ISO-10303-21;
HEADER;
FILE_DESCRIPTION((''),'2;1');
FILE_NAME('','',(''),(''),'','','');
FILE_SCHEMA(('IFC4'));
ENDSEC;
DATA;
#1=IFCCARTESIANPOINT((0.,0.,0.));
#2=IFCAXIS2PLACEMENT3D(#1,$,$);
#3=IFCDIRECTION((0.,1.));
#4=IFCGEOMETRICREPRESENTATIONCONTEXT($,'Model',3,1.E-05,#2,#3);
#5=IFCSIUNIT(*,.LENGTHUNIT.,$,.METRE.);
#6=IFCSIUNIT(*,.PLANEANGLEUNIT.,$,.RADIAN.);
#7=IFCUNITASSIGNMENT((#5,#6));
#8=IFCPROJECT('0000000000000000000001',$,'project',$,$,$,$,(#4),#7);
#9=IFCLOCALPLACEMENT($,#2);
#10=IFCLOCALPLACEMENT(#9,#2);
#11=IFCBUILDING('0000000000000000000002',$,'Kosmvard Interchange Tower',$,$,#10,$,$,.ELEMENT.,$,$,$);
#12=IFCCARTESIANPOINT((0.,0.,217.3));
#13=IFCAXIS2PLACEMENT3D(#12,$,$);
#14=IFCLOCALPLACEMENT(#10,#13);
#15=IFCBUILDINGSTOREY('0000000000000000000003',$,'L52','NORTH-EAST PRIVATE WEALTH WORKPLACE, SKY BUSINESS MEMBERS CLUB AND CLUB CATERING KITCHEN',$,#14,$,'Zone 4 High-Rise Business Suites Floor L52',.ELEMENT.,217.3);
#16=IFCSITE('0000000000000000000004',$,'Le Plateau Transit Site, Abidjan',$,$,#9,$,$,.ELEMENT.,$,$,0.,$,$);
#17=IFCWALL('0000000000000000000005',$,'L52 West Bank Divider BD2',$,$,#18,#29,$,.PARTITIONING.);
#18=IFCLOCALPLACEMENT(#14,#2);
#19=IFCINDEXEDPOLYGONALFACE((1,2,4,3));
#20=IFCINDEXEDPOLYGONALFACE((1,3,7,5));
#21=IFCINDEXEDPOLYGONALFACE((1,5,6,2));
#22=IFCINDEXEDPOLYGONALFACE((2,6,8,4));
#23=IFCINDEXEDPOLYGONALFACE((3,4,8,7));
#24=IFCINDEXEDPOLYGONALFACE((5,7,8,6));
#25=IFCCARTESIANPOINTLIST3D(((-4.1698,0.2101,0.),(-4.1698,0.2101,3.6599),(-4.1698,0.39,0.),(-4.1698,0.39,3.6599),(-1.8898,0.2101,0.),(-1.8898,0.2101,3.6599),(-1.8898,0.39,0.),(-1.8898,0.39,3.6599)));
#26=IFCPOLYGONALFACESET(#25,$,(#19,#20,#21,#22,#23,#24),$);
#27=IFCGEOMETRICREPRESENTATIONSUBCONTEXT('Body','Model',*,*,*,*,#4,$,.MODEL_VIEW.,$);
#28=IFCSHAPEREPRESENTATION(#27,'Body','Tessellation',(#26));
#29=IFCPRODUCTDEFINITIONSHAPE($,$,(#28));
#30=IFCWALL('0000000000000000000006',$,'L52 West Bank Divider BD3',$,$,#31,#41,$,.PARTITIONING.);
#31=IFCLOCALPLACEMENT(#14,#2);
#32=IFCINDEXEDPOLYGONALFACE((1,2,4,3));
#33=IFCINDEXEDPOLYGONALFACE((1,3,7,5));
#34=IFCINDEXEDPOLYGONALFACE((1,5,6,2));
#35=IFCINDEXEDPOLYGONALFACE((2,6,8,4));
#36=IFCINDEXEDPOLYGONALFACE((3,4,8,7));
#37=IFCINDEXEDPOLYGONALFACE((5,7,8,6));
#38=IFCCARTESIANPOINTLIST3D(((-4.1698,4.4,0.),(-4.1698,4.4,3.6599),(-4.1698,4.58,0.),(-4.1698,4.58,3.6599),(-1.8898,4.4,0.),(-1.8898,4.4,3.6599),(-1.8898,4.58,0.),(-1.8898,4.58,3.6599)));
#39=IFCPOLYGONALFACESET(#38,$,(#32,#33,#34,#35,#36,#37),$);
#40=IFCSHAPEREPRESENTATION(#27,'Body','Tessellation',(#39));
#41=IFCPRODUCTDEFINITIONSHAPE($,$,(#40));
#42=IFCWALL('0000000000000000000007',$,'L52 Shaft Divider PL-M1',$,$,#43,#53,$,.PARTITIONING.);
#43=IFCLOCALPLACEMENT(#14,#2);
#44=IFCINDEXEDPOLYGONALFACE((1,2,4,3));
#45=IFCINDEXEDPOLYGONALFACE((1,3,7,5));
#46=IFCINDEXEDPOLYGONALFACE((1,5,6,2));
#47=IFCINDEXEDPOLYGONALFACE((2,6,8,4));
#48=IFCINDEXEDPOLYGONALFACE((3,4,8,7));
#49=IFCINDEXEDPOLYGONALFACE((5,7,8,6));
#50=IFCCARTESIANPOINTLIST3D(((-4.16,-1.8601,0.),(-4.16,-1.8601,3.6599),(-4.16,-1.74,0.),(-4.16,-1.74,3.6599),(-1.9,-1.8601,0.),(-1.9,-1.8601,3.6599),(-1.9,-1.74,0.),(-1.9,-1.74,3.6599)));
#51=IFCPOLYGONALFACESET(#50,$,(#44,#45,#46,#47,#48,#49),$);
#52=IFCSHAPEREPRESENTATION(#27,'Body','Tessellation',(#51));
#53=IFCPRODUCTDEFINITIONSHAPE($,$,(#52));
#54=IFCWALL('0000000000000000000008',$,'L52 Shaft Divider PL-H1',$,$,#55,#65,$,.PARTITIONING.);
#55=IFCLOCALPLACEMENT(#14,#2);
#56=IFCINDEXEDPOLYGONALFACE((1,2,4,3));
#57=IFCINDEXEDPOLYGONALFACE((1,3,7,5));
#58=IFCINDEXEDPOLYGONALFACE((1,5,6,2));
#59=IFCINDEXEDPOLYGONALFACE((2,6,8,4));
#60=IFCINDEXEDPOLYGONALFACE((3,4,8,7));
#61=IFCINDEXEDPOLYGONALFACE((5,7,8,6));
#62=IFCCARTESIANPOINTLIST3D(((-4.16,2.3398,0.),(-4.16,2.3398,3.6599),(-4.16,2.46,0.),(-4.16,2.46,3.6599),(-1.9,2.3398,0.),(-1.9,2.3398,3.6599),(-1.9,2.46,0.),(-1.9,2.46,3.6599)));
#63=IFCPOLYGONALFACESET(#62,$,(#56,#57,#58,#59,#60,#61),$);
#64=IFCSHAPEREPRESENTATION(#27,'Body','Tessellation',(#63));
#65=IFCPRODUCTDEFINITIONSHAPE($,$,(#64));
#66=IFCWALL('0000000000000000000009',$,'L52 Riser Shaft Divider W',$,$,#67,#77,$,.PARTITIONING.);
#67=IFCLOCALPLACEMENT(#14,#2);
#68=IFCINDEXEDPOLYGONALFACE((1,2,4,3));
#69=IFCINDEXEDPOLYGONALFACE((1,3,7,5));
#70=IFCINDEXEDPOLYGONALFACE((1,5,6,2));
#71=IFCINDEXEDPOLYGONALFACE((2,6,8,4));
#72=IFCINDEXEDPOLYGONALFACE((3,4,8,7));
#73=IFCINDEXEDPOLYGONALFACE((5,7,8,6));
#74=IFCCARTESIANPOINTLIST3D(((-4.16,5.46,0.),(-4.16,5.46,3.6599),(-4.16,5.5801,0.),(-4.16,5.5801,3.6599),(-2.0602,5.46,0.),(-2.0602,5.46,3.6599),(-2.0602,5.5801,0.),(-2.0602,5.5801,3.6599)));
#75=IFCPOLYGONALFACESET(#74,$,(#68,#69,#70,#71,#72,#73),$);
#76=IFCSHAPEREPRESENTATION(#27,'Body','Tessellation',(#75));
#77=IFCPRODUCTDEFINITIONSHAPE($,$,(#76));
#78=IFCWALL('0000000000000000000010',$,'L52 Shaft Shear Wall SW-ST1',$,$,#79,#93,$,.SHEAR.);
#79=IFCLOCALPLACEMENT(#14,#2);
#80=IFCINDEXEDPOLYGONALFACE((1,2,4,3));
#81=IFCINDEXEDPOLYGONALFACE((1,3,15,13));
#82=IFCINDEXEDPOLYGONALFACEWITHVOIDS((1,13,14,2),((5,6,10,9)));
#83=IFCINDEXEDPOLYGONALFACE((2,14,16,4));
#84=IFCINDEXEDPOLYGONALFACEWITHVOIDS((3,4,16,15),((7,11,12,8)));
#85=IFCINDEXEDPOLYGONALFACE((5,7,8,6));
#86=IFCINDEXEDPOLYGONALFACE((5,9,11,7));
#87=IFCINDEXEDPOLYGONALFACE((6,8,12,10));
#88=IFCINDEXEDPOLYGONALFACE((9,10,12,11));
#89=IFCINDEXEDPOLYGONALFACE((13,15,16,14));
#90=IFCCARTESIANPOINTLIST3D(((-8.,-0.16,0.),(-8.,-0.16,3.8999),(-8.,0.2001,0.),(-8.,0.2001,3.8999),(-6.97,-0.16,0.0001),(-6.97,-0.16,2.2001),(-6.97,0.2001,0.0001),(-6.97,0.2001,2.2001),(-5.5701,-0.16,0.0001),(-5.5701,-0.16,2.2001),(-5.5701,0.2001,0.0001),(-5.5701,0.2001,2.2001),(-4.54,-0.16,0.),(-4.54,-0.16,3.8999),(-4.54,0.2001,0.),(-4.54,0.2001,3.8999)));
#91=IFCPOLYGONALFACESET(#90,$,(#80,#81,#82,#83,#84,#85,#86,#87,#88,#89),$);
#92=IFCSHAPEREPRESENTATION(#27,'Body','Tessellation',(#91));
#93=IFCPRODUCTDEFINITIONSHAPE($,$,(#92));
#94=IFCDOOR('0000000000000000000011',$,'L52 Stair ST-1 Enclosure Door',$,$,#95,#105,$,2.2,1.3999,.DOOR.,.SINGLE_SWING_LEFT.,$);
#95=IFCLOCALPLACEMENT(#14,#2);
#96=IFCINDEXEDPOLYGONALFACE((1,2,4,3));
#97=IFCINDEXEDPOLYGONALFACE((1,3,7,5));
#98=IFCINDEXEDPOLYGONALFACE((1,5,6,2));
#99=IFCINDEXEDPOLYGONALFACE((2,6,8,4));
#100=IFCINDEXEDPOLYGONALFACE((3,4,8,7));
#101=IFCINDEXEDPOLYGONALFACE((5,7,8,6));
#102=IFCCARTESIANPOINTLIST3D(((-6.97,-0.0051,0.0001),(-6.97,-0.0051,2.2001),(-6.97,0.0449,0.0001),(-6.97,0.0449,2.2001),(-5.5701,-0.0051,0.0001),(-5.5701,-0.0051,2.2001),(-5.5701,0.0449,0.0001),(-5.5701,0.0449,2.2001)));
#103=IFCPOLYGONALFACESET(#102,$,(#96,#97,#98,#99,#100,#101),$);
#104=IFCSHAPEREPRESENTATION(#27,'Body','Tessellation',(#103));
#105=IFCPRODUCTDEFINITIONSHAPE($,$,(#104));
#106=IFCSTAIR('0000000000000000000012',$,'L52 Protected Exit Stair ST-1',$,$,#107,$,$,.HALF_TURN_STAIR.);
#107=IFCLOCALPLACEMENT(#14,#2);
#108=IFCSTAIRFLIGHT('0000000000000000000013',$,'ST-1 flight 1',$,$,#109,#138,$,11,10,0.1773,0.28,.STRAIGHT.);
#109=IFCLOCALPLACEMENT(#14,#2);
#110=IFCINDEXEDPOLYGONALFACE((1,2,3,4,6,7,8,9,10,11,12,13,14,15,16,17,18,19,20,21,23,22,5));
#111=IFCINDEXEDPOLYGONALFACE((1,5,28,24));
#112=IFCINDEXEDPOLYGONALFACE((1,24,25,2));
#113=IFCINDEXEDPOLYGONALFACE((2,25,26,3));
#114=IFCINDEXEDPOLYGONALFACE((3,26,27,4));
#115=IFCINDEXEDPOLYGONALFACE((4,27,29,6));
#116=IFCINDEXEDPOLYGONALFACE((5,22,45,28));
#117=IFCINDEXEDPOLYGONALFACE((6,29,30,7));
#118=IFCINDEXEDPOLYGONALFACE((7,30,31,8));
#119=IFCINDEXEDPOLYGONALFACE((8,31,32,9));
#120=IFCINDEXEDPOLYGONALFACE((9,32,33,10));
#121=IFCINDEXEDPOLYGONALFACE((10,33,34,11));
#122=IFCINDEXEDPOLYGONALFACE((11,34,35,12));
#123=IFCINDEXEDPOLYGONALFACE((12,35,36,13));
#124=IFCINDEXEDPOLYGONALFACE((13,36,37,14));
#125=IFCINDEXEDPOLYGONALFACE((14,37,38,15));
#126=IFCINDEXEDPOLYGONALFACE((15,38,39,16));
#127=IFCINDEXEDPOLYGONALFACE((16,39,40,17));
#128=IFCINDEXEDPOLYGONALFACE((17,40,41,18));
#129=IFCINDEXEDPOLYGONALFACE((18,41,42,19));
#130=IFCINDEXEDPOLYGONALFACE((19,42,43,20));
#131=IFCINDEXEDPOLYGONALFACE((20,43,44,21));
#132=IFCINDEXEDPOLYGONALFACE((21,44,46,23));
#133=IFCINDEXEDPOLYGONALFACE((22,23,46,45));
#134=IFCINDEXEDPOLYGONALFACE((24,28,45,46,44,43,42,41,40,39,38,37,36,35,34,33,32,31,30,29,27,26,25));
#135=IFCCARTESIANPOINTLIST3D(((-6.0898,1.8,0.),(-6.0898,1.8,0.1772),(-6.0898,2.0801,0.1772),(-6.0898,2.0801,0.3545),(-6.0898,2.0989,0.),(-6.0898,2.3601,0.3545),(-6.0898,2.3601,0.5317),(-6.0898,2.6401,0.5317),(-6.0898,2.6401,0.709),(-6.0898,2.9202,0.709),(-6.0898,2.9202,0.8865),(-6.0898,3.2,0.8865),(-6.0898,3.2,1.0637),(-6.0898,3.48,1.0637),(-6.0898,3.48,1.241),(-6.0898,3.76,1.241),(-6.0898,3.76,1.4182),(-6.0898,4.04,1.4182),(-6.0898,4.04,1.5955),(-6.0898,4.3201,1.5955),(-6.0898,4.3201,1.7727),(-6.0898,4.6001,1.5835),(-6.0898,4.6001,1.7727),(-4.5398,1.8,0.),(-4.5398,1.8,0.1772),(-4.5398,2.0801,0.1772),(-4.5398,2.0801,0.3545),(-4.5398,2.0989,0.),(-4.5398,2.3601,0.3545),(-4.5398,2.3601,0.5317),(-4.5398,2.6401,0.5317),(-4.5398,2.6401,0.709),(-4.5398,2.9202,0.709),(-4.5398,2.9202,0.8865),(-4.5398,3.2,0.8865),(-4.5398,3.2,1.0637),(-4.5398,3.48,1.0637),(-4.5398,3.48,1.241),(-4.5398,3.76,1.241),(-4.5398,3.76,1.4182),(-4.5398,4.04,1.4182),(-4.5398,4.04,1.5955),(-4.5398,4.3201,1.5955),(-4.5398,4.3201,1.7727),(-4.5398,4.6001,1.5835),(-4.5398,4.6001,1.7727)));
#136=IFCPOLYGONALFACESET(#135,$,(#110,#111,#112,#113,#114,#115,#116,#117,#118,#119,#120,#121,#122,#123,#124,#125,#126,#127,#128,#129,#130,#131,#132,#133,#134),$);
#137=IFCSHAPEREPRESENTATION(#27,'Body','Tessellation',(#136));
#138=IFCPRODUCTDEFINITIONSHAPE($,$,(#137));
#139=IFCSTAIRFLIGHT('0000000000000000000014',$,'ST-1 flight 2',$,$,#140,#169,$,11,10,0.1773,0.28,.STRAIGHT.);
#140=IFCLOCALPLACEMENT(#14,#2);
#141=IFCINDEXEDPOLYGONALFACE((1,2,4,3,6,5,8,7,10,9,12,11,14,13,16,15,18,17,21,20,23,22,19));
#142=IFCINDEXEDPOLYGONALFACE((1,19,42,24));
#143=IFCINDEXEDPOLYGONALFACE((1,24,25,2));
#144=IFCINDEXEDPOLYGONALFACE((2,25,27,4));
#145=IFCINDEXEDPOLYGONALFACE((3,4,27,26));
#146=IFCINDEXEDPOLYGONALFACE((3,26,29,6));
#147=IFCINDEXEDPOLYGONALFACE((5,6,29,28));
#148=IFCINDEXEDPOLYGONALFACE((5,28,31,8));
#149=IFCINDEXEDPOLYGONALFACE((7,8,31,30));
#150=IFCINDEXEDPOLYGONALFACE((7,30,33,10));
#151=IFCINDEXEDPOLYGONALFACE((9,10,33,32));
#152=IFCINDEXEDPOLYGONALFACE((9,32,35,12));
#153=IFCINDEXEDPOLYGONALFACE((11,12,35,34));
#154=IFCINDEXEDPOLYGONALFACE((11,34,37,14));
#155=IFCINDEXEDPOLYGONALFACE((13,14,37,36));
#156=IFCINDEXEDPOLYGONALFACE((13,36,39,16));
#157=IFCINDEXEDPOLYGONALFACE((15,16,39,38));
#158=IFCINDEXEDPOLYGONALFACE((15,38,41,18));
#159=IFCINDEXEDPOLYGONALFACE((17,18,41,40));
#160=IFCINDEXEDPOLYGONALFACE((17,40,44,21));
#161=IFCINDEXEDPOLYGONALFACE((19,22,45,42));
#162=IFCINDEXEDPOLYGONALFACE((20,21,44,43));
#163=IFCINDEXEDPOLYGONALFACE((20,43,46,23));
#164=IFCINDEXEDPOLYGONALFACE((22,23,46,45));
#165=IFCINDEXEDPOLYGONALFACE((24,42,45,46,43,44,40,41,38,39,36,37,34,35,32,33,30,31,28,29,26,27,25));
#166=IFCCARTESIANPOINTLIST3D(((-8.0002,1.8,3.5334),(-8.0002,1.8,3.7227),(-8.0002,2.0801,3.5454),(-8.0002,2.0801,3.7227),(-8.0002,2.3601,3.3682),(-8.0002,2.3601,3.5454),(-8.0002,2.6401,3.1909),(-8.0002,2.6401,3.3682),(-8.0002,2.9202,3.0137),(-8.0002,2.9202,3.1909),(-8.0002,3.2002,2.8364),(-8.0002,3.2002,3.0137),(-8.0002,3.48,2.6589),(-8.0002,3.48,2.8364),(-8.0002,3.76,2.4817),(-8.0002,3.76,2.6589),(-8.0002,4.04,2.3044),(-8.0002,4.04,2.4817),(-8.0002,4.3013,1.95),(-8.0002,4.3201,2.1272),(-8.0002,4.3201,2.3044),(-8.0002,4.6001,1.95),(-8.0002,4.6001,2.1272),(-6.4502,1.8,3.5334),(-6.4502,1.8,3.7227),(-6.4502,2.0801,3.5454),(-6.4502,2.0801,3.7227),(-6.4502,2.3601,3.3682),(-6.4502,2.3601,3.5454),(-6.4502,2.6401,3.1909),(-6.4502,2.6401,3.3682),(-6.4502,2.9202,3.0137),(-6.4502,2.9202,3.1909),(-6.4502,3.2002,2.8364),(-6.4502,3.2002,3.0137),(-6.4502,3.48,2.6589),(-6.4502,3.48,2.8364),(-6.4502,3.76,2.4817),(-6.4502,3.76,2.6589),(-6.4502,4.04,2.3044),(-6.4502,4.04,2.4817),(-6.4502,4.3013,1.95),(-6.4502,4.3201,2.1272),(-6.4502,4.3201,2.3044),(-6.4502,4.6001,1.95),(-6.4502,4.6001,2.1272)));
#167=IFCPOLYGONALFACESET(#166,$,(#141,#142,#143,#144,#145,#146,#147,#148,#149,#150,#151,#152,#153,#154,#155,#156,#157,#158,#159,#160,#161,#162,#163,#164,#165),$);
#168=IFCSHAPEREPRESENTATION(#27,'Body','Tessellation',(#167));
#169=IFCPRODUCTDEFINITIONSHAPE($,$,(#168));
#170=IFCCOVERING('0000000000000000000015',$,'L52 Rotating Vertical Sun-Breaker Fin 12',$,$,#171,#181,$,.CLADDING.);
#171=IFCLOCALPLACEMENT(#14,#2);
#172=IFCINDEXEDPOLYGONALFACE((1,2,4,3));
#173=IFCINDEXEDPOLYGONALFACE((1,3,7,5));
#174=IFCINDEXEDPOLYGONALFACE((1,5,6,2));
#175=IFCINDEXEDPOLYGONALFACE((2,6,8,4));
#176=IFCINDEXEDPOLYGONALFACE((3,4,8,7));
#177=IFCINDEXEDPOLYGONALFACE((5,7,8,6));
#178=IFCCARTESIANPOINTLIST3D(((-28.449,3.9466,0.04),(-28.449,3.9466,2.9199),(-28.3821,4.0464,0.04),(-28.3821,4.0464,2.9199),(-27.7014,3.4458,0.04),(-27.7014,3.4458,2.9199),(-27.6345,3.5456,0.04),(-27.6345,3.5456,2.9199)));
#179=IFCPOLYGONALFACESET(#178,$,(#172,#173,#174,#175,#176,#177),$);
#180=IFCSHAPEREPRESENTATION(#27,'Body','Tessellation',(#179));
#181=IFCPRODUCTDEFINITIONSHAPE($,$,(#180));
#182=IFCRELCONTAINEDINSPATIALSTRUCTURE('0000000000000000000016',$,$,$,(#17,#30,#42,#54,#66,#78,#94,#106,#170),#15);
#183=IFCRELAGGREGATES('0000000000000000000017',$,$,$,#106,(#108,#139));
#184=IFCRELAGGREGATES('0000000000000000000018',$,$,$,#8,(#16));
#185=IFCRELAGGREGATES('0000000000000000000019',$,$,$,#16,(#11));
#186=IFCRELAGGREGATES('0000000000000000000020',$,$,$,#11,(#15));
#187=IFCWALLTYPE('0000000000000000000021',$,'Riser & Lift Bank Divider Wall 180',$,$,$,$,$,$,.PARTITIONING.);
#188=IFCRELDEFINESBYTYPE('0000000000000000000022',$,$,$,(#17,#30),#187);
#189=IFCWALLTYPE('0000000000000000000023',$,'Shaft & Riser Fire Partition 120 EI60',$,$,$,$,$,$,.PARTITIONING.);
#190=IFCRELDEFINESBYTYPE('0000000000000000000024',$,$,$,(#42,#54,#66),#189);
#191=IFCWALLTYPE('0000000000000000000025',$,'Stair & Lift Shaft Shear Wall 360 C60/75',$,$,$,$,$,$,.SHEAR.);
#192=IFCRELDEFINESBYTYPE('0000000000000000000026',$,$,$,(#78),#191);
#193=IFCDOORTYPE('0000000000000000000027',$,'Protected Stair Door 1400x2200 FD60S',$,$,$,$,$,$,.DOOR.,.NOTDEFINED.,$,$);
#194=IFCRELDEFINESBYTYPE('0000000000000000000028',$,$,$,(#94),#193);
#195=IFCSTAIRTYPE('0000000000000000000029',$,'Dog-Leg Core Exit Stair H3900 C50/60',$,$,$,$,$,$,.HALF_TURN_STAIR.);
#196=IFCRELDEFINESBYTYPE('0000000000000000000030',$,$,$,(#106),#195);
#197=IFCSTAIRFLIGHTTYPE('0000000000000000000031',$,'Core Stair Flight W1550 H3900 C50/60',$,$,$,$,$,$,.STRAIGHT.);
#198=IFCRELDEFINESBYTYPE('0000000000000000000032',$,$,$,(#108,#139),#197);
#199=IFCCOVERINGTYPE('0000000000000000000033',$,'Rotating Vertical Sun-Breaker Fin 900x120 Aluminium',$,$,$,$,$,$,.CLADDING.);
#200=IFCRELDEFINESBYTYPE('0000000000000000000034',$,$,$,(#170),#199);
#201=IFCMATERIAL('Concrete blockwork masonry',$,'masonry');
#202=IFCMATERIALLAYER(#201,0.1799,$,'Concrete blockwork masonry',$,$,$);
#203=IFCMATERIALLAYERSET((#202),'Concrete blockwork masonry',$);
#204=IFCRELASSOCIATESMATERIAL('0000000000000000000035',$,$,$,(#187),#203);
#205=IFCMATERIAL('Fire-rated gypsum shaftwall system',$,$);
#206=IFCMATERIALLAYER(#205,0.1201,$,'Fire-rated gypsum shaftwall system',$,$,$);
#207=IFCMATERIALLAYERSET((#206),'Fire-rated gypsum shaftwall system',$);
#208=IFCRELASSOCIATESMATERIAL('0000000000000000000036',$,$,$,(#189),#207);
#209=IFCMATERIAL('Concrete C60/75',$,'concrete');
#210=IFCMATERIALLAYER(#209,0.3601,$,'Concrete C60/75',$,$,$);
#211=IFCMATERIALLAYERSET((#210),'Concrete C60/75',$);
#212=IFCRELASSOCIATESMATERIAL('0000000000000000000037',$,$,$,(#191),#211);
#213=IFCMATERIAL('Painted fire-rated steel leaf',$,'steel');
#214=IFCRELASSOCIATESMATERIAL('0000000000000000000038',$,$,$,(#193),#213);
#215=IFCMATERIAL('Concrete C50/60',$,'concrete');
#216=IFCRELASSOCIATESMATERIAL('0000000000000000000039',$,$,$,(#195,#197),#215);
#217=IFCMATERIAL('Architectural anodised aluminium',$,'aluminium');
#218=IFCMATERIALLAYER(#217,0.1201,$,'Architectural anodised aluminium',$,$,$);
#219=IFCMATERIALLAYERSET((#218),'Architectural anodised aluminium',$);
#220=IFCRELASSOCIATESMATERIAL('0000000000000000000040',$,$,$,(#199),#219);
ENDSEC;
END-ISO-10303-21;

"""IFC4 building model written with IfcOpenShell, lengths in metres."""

from ifc_helpers import new_model, si_unit, direction, frame, frame_2d, origin, origin_2d, place, context, subcontext, project, spatial, polyline, rectangle, outline, extrude, source, transform, mapped, material, layer, layer_set, type_object, element, fill, aggregate, save


model = new_model("IFC4")

# Units and contexts
model_context = context("Model", 3, precision=1e-05, world=origin(), true_north=direction((0.0, 1.0)))
body_context = subcontext(model_context, "Body", "Model", "MODEL_VIEW")
ifc_project = project(units=[si_unit("LENGTHUNIT", "METRE"), si_unit("PLANEANGLEUNIT", "RADIAN")], contexts=[model_context])

# Site, building, storey
site_placement = place(None, origin())
site = spatial("IfcSite", under=ifc_project, at=site_placement, Name="Le Plateau Transit Site, Abidjan", CompositionType="ELEMENT", RefElevation=0.0)
building_placement = place(site_placement, origin())
building = spatial("IfcBuilding", under=site, at=building_placement, Name="Kosmvard Interchange Tower", CompositionType="ELEMENT")
storey_placement = place(building_placement, frame((0.0, 0.0, 217.3)))
storey = spatial("IfcBuildingStorey", under=building, at=storey_placement, Name="L52", Description="NORTH-EAST PRIVATE WEALTH WORKPLACE, SKY BUSINESS MEMBERS CLUB AND CLUB CATERING KITCHEN", LongName="Zone 4 High-Rise Business Suites Floor L52", CompositionType="ELEMENT", Elevation=217.3)

# Shared definitions
ifc_material_1 = material(Name="Concrete C50/60", Category="concrete")

# Shared definitions
ifc_material_2 = material(Name="Painted fire-rated steel leaf", Category="steel")

# Walls
ifc_material_3 = material(Name="Concrete blockwork masonry", Category="masonry")
ifc_layer_1 = layer(ifc_material_3, 0.1799, Name="Concrete blockwork masonry")
ifc_layer_set_1 = layer_set([ifc_layer_1], Name="Concrete blockwork masonry")
wall_type_1 = type_object("IfcWallType", Name="Riser & Lift Bank Divider Wall 180", PredefinedType="PARTITIONING", material=ifc_layer_set_1)
for number, where, z_axis, x_axis, name in (
    (1, (-4.1699, 0.3, 0.0), (0.0, 0.0, 1.0), (1.0, 0.0, 0.0), "L52 West Bank Divider BD2"),
    (2, (-4.1699, 4.49, 0.0), (0.0, 0.0, 1.0), (1.0, 0.0, 0.0), "L52 West Bank Divider BD3"),
):
    element("IfcWall", number, at=place(storey_placement, frame(where, z_axis=z_axis, x_axis=x_axis)), inside=storey, type_object=wall_type_1, Name=name, PredefinedType="PARTITIONING", context=body_context, shape_type="SweptSolid", body=[
        extrude(rectangle(XDim=2.28, YDim=0.1799, at=frame_2d((1.1401, 0.0))), origin(), (0.0, 0.0, 1.0), 3.6599),
    ])
ifc_material_4 = material(Name="Fire-rated gypsum shaftwall system")
ifc_layer_2 = layer(ifc_material_4, 0.1201, Name="Fire-rated gypsum shaftwall system")
ifc_layer_set_2 = layer_set([ifc_layer_2], Name="Fire-rated gypsum shaftwall system")
wall_type_2 = type_object("IfcWallType", Name="Shaft & Riser Fire Partition 120 EI60", PredefinedType="PARTITIONING", material=ifc_layer_set_2)
for number, where, z_axis, x_axis, name in (
    (3, (-4.1599, -1.8, 0.0), (0.0, 0.0, 1.0), (1.0, 0.0, 0.0), "L52 Shaft Divider PL-M1"),
    (4, (-4.1599, 2.3999, 0.0), (0.0, 0.0, 1.0), (1.0, 0.0, 0.0), "L52 Shaft Divider PL-H1"),
):
    element("IfcWall", number, at=place(storey_placement, frame(where, z_axis=z_axis, x_axis=x_axis)), inside=storey, type_object=wall_type_2, Name=name, PredefinedType="PARTITIONING", context=body_context, shape_type="SweptSolid", body=[
        extrude(rectangle(XDim=2.26, YDim=0.1201, at=frame_2d((1.1299, 0.0))), origin(), (0.0, 0.0, 1.0), 3.6599),
    ])
wall_1_placement = place(storey_placement, frame((-4.1599, 5.52, 0.0), z_axis=(0.0, 0.0, 1.0), x_axis=(1.0, 0.0, 0.0)))
element("IfcWall", 5, at=wall_1_placement, inside=storey, type_object=wall_type_2, Name="L52 Riser Shaft Divider W", PredefinedType="PARTITIONING", context=body_context, shape_type="SweptSolid", body=[
    extrude(rectangle(XDim=2.0999, YDim=0.1201, at=frame_2d((1.0498, 0.0))), origin(), (0.0, 0.0, 1.0), 3.6599),
])

# Wall, opening, door
ifc_material_5 = material(Name="Concrete C60/75", Category="concrete")
ifc_layer_3 = layer(ifc_material_5, 0.3601, Name="Concrete C60/75")
ifc_layer_set_3 = layer_set([ifc_layer_3], Name="Concrete C60/75")
wall_type_3 = type_object("IfcWallType", Name="Stair & Lift Shaft Shear Wall 360 C60/75", PredefinedType="SHEAR", material=ifc_layer_set_3)
wall_2_placement = place(storey_placement, frame((-8.0, 0.02, 0.0), z_axis=(0.0, 0.0, 1.0), x_axis=(1.0, 0.0, 0.0)))
wall_2 = element("IfcWall", 6, at=wall_2_placement, inside=storey, type_object=wall_type_3, Name="L52 Shaft Shear Wall SW-ST1", PredefinedType="SHEAR", context=body_context, shape_type="SweptSolid", body=[
    extrude(rectangle(XDim=3.46, YDim=0.3601, at=frame_2d((1.73, 0.0))), origin(), (0.0, 0.0, 1.0), 3.8999),
])
opening_1_placement = place(wall_2_placement, frame((1.03, 0.0, 0.0)))
opening_1 = element("IfcOpeningElement", 7, at=opening_1_placement, cuts=wall_2, PredefinedType="OPENING", context=body_context, shape_type="SweptSolid", body=[
    extrude(rectangle(XDim=1.3999, YDim=2.2, at=frame_2d((0.7, 1.1001))), frame((0.0, 0.1899, 0.0), z_axis=(0.0, -1.0, 0.0), x_axis=(1.0, 0.0, 0.0)), (0.0, 0.0, 1.0), 0.3801),
])
door_type_1 = type_object("IfcDoorType", Name="Protected Stair Door 1400x2200 FD60S", OperationType="NOTDEFINED", PredefinedType="DOOR", material=ifc_material_2)
shared_shape_1 = source(origin(), body_context, "Body", "SweptSolid", [
    extrude(rectangle(XDim=1.3999, YDim=2.2, at=frame_2d((0.7, 1.1001))), frame((0.0, 0.0249, 0.0), z_axis=(0.0, -1.0, 0.0), x_axis=(1.0, 0.0, 0.0)), (0.0, 0.0, 1.0), 0.05),
])
door_1_placement = place(opening_1_placement, origin())
door_1 = element("IfcDoor", 8, at=door_1_placement, inside=storey, type_object=door_type_1, Name="L52 Stair ST-1 Enclosure Door", OperationType="SINGLE_SWING_LEFT", OverallHeight=2.2, OverallWidth=1.3999, PredefinedType="DOOR", context=body_context, shape_type="MappedRepresentation", body=[
    mapped(shared_shape_1, transform((0.0, 0.0, 0.0), scale=1.0)),
])
fill(opening_1, door_1)

# Stair, stair flights
stair_type = type_object("IfcStairType", Name="Dog-Leg Core Exit Stair H3900 C50/60", PredefinedType="HALF_TURN_STAIR", material=ifc_material_1)
stair_placement = place(storey_placement, origin())
stair = element("IfcStair", 9, at=stair_placement, inside=storey, type_object=stair_type, Name="L52 Protected Exit Stair ST-1", PredefinedType="HALF_TURN_STAIR")
stair_flight_type = type_object("IfcStairFlightType", Name="Core Stair Flight W1550 H3900 C50/60", PredefinedType="STRAIGHT", material=ifc_material_1)
shared_shape_2 = source(origin(), body_context, "Body", "SweptSolid", [
    extrude(outline(polyline([(0.0, 0.0), (0.0, 0.1772), (0.28, 0.1772), (0.28, 0.3545), (0.5601, 0.3545), (0.5601, 0.5317), (0.8401, 0.5317), (0.8401, 0.709), (1.1201, 0.709), (1.1201, 0.8865), (1.3999, 0.8865), (1.3999, 1.0637), (1.6799, 1.0637), (1.6799, 1.241), (1.96, 1.241), (1.96, 1.4182), (2.24, 1.4182), (2.24, 1.5955), (2.52, 1.5955), (2.52, 1.7727), (2.8, 1.7727), (2.8, 1.95), (2.8, 1.5835), (0.2988, 0.0), (0.0, 0.0)])), frame((0.0, 0.7749, 0.0), z_axis=(0.0, -1.0, 0.0), x_axis=(1.0, 0.0, 0.0)), (0.0, 0.0, 1.0), 1.55),
])
stair_flight_1_placement = place(storey_placement, frame((-5.3149, 1.8, 0.0), z_axis=(0.0, 0.0, 1.0), x_axis=(0.0, 1.0, 0.0)))
stair_flight_1 = element("IfcStairFlight", 10, at=stair_flight_1_placement, type_object=stair_flight_type, Name="ST-1 flight 1", NumberOfRisers=11, NumberOfTreads=10, PredefinedType="STRAIGHT", RiserHeight=0.1773, TreadLength=0.28, context=body_context, shape_type="MappedRepresentation", body=[
    mapped(shared_shape_2, transform((0.0, 0.0, 0.0), scale=1.0)),
])
stair_flight_2_placement = place(storey_placement, frame((-7.2251, 4.6001, 1.95), z_axis=(0.0, 0.0, 1.0), x_axis=(0.0, -1.0, 0.0)))
stair_flight_2 = element("IfcStairFlight", 11, at=stair_flight_2_placement, type_object=stair_flight_type, Name="ST-1 flight 2", NumberOfRisers=11, NumberOfTreads=10, PredefinedType="STRAIGHT", RiserHeight=0.1773, TreadLength=0.28, context=body_context, shape_type="MappedRepresentation", body=[
    mapped(shared_shape_2, transform((0.0, 0.0, 0.0), scale=1.0)),
])
aggregate(stair, [stair_flight_1, stair_flight_2])

# Covering
ifc_material_6 = material(Name="Architectural anodised aluminium", Category="aluminium")
ifc_layer_4 = layer(ifc_material_6, 0.1201, Name="Architectural anodised aluminium")
ifc_layer_set_4 = layer_set([ifc_layer_4], Name="Architectural anodised aluminium")
covering_type = type_object("IfcCoveringType", Name="Rotating Vertical Sun-Breaker Fin 900x120 Aluminium", PredefinedType="CLADDING", material=ifc_layer_set_4)
shared_shape_3 = source(origin(), body_context, "Body", "SweptSolid", [
    extrude(rectangle(XDim=0.8999, YDim=0.1201, at=origin_2d()), origin(), (0.0, 0.0, 1.0), 2.8799),
])
covering_placement = place(storey_placement, frame((-28.0417, 3.7461, 0.04), z_axis=(0.0, 0.0, 1.0), x_axis=(-0.83079, 0.556586, 0.0)))
element("IfcCovering", 12, at=covering_placement, inside=storey, type_object=covering_type, Name="L52 Rotating Vertical Sun-Breaker Fin 12", PredefinedType="CLADDING", context=body_context, shape_type="MappedRepresentation", body=[
    mapped(shared_shape_3, transform((0.0, 0.0, 0.0), scale=1.0)),
])

save(model, "model.ifc")
